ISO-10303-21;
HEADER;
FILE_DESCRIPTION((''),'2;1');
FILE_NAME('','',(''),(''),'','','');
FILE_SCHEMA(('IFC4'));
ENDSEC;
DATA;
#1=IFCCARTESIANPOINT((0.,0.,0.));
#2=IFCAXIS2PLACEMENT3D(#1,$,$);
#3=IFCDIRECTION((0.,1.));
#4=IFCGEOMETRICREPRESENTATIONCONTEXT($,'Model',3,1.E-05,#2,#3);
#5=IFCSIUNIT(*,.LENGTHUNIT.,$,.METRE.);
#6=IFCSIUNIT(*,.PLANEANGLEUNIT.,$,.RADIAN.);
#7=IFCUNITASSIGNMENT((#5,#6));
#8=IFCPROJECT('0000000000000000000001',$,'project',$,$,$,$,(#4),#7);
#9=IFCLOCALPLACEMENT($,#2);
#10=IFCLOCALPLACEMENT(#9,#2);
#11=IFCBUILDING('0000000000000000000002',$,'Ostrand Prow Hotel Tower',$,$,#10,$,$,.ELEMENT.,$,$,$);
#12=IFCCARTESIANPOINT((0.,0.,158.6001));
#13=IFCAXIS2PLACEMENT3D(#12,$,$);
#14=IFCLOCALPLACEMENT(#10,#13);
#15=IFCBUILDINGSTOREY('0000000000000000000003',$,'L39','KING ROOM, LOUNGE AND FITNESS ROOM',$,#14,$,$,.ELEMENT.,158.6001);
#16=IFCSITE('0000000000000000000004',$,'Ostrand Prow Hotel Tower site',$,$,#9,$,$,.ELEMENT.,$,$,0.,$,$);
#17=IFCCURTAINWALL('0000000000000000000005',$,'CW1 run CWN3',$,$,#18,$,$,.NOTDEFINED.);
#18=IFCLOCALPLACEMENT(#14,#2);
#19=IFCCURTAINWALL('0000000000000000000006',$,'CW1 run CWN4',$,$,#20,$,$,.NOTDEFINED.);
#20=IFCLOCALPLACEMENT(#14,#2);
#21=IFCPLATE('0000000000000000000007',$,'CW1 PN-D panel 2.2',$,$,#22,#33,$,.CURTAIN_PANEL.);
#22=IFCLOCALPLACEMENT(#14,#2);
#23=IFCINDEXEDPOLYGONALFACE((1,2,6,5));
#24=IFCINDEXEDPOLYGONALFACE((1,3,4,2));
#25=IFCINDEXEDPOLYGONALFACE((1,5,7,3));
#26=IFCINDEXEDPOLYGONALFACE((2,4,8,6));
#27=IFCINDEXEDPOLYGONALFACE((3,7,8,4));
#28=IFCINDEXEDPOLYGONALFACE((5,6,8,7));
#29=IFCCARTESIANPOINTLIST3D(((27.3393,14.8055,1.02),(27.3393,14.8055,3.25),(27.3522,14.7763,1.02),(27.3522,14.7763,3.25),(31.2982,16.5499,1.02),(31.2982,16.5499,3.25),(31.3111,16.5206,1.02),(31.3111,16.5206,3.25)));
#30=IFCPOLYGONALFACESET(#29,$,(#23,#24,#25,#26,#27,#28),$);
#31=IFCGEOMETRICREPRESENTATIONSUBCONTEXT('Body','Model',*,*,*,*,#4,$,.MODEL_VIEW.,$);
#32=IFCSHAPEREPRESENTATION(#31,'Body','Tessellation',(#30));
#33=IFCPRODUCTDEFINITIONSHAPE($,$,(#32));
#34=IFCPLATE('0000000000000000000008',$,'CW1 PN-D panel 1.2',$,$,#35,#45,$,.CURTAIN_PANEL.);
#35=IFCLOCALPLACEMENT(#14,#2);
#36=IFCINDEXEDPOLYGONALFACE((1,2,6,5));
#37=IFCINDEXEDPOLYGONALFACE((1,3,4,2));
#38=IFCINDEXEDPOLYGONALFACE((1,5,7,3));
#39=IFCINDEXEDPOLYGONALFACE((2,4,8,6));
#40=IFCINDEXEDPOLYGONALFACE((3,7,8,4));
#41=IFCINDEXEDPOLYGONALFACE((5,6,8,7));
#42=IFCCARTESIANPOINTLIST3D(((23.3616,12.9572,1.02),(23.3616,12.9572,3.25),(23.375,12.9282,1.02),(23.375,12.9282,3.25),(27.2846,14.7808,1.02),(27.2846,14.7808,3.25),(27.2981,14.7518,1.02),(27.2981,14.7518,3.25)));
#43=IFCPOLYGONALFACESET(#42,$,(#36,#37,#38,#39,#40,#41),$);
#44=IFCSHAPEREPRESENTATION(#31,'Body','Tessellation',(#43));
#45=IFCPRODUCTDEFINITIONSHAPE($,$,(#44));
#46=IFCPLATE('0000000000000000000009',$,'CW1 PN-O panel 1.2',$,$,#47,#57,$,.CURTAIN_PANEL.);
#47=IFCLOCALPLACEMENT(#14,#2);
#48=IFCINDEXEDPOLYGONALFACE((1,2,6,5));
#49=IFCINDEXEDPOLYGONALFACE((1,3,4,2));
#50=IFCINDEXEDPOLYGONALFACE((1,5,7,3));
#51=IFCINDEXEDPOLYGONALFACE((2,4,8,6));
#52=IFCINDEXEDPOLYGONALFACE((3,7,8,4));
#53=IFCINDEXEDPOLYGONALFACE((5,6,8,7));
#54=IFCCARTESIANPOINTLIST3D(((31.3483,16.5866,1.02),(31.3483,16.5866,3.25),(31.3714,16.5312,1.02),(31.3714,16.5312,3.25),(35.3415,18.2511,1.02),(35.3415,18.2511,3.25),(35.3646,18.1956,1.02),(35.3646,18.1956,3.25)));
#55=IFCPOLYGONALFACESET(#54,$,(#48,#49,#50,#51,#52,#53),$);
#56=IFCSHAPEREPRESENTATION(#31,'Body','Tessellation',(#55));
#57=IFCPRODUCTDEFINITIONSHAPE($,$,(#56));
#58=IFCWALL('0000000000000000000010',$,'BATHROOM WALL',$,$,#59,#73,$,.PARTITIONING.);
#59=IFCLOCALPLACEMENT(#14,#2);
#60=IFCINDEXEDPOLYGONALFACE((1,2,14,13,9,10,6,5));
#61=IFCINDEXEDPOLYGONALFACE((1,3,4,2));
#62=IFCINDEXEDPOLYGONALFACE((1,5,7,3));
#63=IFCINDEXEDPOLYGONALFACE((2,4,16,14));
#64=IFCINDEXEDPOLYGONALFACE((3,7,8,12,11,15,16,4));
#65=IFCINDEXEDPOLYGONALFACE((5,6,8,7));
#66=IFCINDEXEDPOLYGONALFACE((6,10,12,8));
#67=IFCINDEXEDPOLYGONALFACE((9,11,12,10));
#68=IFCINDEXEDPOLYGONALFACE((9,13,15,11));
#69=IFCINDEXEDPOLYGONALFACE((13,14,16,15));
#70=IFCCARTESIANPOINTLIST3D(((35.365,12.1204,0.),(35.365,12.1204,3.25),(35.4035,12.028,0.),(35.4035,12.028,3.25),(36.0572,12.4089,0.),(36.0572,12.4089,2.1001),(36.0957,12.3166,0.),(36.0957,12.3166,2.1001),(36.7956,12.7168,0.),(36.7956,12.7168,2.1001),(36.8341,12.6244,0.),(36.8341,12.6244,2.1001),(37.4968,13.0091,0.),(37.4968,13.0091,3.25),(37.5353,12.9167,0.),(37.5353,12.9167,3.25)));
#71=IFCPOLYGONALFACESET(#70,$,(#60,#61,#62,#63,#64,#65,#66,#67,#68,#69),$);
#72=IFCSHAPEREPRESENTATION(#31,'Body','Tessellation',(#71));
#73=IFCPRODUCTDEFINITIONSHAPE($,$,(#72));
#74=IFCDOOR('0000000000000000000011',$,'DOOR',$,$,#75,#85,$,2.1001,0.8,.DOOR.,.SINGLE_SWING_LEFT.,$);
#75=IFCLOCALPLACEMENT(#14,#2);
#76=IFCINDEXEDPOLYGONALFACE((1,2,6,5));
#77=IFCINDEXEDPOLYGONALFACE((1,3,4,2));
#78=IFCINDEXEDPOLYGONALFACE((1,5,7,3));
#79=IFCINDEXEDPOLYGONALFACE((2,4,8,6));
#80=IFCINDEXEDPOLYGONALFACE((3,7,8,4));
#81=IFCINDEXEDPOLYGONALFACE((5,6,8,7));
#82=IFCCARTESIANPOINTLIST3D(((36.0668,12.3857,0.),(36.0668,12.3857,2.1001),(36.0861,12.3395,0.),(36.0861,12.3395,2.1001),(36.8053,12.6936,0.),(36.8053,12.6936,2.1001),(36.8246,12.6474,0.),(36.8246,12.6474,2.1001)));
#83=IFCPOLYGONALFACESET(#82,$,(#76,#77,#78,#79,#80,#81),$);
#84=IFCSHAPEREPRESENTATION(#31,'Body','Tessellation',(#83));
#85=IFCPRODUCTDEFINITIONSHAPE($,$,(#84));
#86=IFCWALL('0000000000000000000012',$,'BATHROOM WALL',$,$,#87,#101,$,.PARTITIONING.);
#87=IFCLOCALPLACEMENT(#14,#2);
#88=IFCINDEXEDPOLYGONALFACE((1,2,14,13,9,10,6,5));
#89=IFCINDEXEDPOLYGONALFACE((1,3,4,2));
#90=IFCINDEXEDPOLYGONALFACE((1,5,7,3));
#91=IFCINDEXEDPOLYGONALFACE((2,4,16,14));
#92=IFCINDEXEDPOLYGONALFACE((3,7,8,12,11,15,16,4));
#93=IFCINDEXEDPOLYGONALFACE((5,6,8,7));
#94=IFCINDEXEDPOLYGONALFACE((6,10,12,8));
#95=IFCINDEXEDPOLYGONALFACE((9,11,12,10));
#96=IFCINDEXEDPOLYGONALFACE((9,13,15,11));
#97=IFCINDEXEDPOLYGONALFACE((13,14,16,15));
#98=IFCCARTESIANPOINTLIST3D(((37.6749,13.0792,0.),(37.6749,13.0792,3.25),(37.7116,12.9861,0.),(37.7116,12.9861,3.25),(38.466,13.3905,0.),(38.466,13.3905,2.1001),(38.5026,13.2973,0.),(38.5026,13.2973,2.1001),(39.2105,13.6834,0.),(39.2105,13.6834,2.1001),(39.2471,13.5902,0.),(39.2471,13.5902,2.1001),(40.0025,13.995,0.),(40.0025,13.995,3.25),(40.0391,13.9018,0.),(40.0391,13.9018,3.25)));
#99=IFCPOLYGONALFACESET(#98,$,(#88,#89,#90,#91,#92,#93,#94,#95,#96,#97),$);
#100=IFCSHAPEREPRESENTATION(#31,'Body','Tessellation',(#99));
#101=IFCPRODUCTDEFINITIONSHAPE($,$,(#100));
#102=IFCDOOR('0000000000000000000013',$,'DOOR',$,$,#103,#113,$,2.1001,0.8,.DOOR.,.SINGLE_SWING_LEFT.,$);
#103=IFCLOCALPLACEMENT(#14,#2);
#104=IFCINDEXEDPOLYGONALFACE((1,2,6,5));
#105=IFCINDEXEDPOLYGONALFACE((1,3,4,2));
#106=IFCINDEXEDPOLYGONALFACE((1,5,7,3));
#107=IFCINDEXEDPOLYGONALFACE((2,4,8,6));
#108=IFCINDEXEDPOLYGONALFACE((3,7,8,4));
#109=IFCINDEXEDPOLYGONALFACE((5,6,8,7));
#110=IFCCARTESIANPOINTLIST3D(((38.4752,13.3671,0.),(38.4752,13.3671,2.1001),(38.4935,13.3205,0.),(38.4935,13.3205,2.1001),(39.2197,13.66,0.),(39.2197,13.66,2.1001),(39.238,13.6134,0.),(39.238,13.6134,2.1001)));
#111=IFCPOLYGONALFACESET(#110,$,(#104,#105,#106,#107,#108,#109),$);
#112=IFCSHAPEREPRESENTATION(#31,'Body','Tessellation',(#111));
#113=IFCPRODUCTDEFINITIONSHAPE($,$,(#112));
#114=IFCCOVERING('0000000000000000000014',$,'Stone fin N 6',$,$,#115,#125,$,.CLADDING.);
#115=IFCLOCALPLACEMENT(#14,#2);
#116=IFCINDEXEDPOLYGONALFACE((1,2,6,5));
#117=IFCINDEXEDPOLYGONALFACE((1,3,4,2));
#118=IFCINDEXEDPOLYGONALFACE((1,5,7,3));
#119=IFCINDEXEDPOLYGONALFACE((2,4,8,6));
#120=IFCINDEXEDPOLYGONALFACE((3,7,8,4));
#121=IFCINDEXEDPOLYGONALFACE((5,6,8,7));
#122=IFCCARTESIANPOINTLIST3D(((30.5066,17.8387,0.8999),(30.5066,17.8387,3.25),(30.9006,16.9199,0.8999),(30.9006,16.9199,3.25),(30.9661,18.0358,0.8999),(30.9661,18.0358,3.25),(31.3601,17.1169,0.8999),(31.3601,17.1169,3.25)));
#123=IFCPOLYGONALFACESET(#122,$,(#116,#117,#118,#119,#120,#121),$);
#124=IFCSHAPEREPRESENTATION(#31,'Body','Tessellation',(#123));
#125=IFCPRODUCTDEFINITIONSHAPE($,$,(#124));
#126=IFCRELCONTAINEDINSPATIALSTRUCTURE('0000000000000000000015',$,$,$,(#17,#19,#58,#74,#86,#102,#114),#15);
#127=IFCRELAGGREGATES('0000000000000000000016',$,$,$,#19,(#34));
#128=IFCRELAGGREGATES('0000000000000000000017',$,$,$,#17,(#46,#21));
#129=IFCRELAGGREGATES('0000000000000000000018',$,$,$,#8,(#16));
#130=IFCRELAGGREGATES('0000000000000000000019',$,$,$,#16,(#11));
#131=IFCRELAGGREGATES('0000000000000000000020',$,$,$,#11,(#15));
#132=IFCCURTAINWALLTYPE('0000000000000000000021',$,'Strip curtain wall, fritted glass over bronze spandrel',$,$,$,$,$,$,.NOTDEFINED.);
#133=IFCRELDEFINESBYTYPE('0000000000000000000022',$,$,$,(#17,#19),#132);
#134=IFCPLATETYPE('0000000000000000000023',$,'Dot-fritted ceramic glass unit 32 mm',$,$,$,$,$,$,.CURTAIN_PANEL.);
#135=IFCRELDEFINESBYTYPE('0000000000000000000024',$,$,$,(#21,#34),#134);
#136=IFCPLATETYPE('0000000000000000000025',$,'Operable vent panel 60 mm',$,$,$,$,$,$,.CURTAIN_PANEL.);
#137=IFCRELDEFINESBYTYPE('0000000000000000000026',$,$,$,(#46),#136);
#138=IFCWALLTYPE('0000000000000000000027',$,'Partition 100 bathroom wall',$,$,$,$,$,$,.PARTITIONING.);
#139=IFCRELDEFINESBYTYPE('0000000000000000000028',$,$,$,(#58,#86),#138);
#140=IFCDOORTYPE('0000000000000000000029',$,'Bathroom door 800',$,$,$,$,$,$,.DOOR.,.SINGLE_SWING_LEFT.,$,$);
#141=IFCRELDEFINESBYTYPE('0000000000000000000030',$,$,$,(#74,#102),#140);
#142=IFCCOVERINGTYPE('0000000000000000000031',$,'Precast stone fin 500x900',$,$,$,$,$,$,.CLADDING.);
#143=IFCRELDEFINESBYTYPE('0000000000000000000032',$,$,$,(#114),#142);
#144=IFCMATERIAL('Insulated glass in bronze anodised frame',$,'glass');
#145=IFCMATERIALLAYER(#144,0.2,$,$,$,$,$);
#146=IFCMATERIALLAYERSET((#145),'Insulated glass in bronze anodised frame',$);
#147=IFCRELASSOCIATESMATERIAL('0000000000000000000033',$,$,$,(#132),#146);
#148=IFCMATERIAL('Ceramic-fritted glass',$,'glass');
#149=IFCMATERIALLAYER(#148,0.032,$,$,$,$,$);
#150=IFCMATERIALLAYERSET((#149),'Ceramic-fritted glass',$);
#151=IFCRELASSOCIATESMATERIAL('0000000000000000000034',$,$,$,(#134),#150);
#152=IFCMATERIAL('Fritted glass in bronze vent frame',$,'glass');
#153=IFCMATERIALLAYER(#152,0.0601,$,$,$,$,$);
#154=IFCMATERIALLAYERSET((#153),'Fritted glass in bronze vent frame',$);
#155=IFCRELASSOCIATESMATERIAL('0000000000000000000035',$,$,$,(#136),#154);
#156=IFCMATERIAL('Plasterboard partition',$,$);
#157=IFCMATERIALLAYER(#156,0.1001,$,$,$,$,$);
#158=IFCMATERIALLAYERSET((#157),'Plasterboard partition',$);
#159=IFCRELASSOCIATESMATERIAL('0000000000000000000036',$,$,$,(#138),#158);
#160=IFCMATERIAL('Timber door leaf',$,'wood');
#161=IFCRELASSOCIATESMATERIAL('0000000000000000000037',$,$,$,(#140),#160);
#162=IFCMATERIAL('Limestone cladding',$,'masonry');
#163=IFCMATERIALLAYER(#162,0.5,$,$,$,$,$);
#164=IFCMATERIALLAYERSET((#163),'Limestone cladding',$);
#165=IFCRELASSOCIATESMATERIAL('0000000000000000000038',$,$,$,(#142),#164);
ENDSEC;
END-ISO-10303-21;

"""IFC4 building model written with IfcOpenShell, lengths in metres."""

from ifc_helpers import new_model, si_unit, direction, frame, frame_2d, origin, origin_2d, place, context, subcontext, project, spatial, rectangle, extrude, material, layer, layer_set, type_object, element, fill, aggregate, save


model = new_model("IFC4")

# Units and contexts
model_context = context("Model", 3, precision=1e-05, world=origin(), true_north=direction((0.0, 1.0)))
body_context = subcontext(model_context, "Body", "Model", "MODEL_VIEW")
ifc_project = project(units=[si_unit("LENGTHUNIT", "METRE"), si_unit("PLANEANGLEUNIT", "RADIAN")], contexts=[model_context])

# Site, building, storey
site_placement = place(None, origin())
site = spatial("IfcSite", under=ifc_project, at=site_placement, Name="Ostrand Prow Hotel Tower site", CompositionType="ELEMENT", RefElevation=0.0)
building_placement = place(site_placement, origin())
building = spatial("IfcBuilding", under=site, at=building_placement, Name="Ostrand Prow Hotel Tower", CompositionType="ELEMENT")
storey_placement = place(building_placement, frame((0.0, 0.0, 158.6001)))
storey = spatial("IfcBuildingStorey", under=building, at=storey_placement, Name="L39", Description="KING ROOM, LOUNGE AND FITNESS ROOM", CompositionType="ELEMENT", Elevation=158.6001)

# Curtain wall
ifc_material_1 = material(Name="Insulated glass in bronze anodised frame", Category="glass")
ifc_layer_1 = layer(ifc_material_1, 0.2)
ifc_layer_set_1 = layer_set([ifc_layer_1], Name="Insulated glass in bronze anodised frame")
curtain_wall_type = type_object("IfcCurtainWallType", Name="Strip curtain wall, fritted glass over bronze spandrel", PredefinedType="NOTDEFINED", material=ifc_layer_set_1)
curtain_wall_1_placement = place(storey_placement, origin())
curtain_wall_1 = element("IfcCurtainWall", 1, at=curtain_wall_1_placement, inside=storey, type_object=curtain_wall_type, Name="CW1 run CWN3", PredefinedType="NOTDEFINED")

# Curtain wall
curtain_wall_2_placement = place(storey_placement, origin())
curtain_wall_2 = element("IfcCurtainWall", 2, at=curtain_wall_2_placement, inside=storey, type_object=curtain_wall_type, Name="CW1 run CWN4", PredefinedType="NOTDEFINED")

# Plates
ifc_material_2 = material(Name="Ceramic-fritted glass", Category="glass")
ifc_layer_2 = layer(ifc_material_2, 0.032)
ifc_layer_set_2 = layer_set([ifc_layer_2], Name="Ceramic-fritted glass")
plate_type_1 = type_object("IfcPlateType", Name="Dot-fritted ceramic glass unit 32 mm", PredefinedType="CURTAIN_PANEL", material=ifc_layer_set_2)
plate_1_placement = place(storey_placement, frame((29.3252, 15.6631, 1.02), z_axis=(0.0, 0.0, 1.0), x_axis=(-0.915106, -0.403213, 0.0)))
plate_1 = element("IfcPlate", 3, at=plate_1_placement, type_object=plate_type_1, Name="CW1 PN-D panel 2.2", PredefinedType="CURTAIN_PANEL", context=body_context, shape_type="SweptSolid", body=[
    extrude(rectangle(XDim=4.3262, YDim=0.032, at=origin_2d()), origin(), (0.0, 0.0, 1.0), 2.23),
])
plate_2_placement = place(storey_placement, frame((25.3298, 13.8545, 1.02), z_axis=(0.0, 0.0, 1.0), x_axis=(-0.906818, -0.421522, 0.0)))
plate_2 = element("IfcPlate", 4, at=plate_2_placement, type_object=plate_type_1, Name="CW1 PN-D panel 1.2", PredefinedType="CURTAIN_PANEL", context=body_context, shape_type="SweptSolid", body=[
    extrude(rectangle(XDim=4.3262, YDim=0.032, at=origin_2d()), origin(), (0.0, 0.0, 1.0), 2.23),
])
aggregate(curtain_wall_2, [plate_2])
ifc_material_3 = material(Name="Fritted glass in bronze vent frame", Category="glass")
ifc_layer_3 = layer(ifc_material_3, 0.0601)
ifc_layer_set_3 = layer_set([ifc_layer_3], Name="Fritted glass in bronze vent frame")
plate_type_2 = type_object("IfcPlateType", Name="Operable vent panel 60 mm", PredefinedType="CURTAIN_PANEL", material=ifc_layer_set_3)
plate_3_placement = place(storey_placement, frame((33.3564, 17.3911, 1.02), z_axis=(0.0, 0.0, 1.0), x_axis=(-0.923024, -0.384743, 0.0)))
plate_3 = element("IfcPlate", 5, at=plate_3_placement, type_object=plate_type_2, Name="CW1 PN-O panel 1.2", PredefinedType="CURTAIN_PANEL", context=body_context, shape_type="SweptSolid", body=[
    extrude(rectangle(XDim=4.3262, YDim=0.0601, at=origin_2d()), origin(), (0.0, 0.0, 1.0), 2.23),
])
aggregate(curtain_wall_1, [plate_3, plate_1])

# Walls, openings, doors
ifc_material_4 = material(Name="Plasterboard partition")
ifc_layer_4 = layer(ifc_material_4, 0.1001)
ifc_layer_set_4 = layer_set([ifc_layer_4], Name="Plasterboard partition")
wall_type = type_object("IfcWallType", Name="Partition 100 bathroom wall", PredefinedType="PARTITIONING", material=ifc_layer_set_4)
wall_1_placement = place(storey_placement, frame((35.3843, 12.0742, 0.0), z_axis=(0.0, 0.0, 1.0), x_axis=(0.923014, 0.384765, 0.0)))
wall_1 = element("IfcWall", 6, at=wall_1_placement, inside=storey, type_object=wall_type, Name="BATHROOM WALL", PredefinedType="PARTITIONING", context=body_context, shape_type="SweptSolid", body=[
    extrude(rectangle(XDim=2.3096, YDim=0.1001, at=frame_2d((1.1548, 0.0))), origin(), (0.0, 0.0, 1.0), 3.25),
])
opening_1_placement = place(wall_1_placement, frame((0.75, 0.0, 0.0)))
opening_1 = element("IfcOpeningElement", 7, at=opening_1_placement, cuts=wall_1, PredefinedType="OPENING", context=body_context, shape_type="SweptSolid", body=[
    extrude(rectangle(XDim=0.8, YDim=2.1001, at=frame_2d((0.3999, 1.05))), frame((0.0, 0.0601, 0.0), z_axis=(0.0, -1.0, 0.0), x_axis=(1.0, 0.0, 0.0)), (0.0, 0.0, 1.0), 0.1201),
])
ifc_material_5 = material(Name="Timber door leaf", Category="wood")
door_type = type_object("IfcDoorType", Name="Bathroom door 800", OperationType="SINGLE_SWING_LEFT", PredefinedType="DOOR", material=ifc_material_5)
door_1_placement = place(opening_1_placement, origin())
door_1 = element("IfcDoor", 8, at=door_1_placement, inside=storey, type_object=door_type, Name="DOOR", OperationType="SINGLE_SWING_LEFT", OverallHeight=2.1001, OverallWidth=0.8, PredefinedType="DOOR", context=body_context, shape_type="SweptSolid", body=[
    extrude(rectangle(XDim=0.8, YDim=2.1001, at=frame_2d((0.3999, 1.05))), frame((0.0, 0.0249, 0.0), z_axis=(0.0, -1.0, 0.0), x_axis=(1.0, 0.0, 0.0)), (0.0, 0.0, 1.0), 0.05),
])
fill(opening_1, door_1)
wall_2_placement = place(storey_placement, frame((37.6934, 13.0327, 0.0), z_axis=(0.0, 0.0, 1.0), x_axis=(0.930569, 0.366117, 0.0)))
wall_2 = element("IfcWall", 9, at=wall_2_placement, inside=storey, type_object=wall_type, Name="BATHROOM WALL", PredefinedType="PARTITIONING", context=body_context, shape_type="SweptSolid", body=[
    extrude(rectangle(XDim=2.5012, YDim=0.1001, at=frame_2d((1.2505, 0.0))), origin(), (0.0, 0.0, 1.0), 3.25),
])
opening_2_placement = place(wall_2_placement, frame((0.8501, 0.0, 0.0)))
opening_2 = element("IfcOpeningElement", 10, at=opening_2_placement, cuts=wall_2, PredefinedType="OPENING", context=body_context, shape_type="SweptSolid", body=[
    extrude(rectangle(XDim=0.8, YDim=2.1001, at=frame_2d((0.3999, 1.05))), frame((0.0, 0.0601, 0.0), z_axis=(0.0, -1.0, 0.0), x_axis=(1.0, 0.0, 0.0)), (0.0, 0.0, 1.0), 0.1201),
])
door_2_placement = place(opening_2_placement, origin())
door_2 = element("IfcDoor", 11, at=door_2_placement, inside=storey, type_object=door_type, Name="DOOR", OperationType="SINGLE_SWING_LEFT", OverallHeight=2.1001, OverallWidth=0.8, PredefinedType="DOOR", context=body_context, shape_type="SweptSolid", body=[
    extrude(rectangle(XDim=0.8, YDim=2.1001, at=frame_2d((0.3999, 1.05))), frame((0.0, 0.0249, 0.0), z_axis=(0.0, -1.0, 0.0), x_axis=(1.0, 0.0, 0.0)), (0.0, 0.0, 1.0), 0.05),
])
fill(opening_2, door_2)

# Covering
ifc_material_6 = material(Name="Limestone cladding", Category="masonry")
ifc_layer_5 = layer(ifc_material_6, 0.5)
ifc_layer_set_5 = layer_set([ifc_layer_5], Name="Limestone cladding")
covering_type = type_object("IfcCoveringType", Name="Precast stone fin 500x900", PredefinedType="CLADDING", material=ifc_layer_set_5)
covering_placement = place(storey_placement, frame((31.1304, 17.0183, 0.8999), z_axis=(0.0, 0.0, 1.0), x_axis=(-0.394096, 0.919069, 0.0)))
element("IfcCovering", 12, at=covering_placement, inside=storey, type_object=covering_type, Name="Stone fin N 6", PredefinedType="CLADDING", context=body_context, shape_type="SweptSolid", body=[
    extrude(rectangle(XDim=0.9998, YDim=0.5, at=frame_2d((0.5, 0.0))), origin(), (0.0, 0.0, 1.0), 2.3501),
])

save(model, "model.ifc")
